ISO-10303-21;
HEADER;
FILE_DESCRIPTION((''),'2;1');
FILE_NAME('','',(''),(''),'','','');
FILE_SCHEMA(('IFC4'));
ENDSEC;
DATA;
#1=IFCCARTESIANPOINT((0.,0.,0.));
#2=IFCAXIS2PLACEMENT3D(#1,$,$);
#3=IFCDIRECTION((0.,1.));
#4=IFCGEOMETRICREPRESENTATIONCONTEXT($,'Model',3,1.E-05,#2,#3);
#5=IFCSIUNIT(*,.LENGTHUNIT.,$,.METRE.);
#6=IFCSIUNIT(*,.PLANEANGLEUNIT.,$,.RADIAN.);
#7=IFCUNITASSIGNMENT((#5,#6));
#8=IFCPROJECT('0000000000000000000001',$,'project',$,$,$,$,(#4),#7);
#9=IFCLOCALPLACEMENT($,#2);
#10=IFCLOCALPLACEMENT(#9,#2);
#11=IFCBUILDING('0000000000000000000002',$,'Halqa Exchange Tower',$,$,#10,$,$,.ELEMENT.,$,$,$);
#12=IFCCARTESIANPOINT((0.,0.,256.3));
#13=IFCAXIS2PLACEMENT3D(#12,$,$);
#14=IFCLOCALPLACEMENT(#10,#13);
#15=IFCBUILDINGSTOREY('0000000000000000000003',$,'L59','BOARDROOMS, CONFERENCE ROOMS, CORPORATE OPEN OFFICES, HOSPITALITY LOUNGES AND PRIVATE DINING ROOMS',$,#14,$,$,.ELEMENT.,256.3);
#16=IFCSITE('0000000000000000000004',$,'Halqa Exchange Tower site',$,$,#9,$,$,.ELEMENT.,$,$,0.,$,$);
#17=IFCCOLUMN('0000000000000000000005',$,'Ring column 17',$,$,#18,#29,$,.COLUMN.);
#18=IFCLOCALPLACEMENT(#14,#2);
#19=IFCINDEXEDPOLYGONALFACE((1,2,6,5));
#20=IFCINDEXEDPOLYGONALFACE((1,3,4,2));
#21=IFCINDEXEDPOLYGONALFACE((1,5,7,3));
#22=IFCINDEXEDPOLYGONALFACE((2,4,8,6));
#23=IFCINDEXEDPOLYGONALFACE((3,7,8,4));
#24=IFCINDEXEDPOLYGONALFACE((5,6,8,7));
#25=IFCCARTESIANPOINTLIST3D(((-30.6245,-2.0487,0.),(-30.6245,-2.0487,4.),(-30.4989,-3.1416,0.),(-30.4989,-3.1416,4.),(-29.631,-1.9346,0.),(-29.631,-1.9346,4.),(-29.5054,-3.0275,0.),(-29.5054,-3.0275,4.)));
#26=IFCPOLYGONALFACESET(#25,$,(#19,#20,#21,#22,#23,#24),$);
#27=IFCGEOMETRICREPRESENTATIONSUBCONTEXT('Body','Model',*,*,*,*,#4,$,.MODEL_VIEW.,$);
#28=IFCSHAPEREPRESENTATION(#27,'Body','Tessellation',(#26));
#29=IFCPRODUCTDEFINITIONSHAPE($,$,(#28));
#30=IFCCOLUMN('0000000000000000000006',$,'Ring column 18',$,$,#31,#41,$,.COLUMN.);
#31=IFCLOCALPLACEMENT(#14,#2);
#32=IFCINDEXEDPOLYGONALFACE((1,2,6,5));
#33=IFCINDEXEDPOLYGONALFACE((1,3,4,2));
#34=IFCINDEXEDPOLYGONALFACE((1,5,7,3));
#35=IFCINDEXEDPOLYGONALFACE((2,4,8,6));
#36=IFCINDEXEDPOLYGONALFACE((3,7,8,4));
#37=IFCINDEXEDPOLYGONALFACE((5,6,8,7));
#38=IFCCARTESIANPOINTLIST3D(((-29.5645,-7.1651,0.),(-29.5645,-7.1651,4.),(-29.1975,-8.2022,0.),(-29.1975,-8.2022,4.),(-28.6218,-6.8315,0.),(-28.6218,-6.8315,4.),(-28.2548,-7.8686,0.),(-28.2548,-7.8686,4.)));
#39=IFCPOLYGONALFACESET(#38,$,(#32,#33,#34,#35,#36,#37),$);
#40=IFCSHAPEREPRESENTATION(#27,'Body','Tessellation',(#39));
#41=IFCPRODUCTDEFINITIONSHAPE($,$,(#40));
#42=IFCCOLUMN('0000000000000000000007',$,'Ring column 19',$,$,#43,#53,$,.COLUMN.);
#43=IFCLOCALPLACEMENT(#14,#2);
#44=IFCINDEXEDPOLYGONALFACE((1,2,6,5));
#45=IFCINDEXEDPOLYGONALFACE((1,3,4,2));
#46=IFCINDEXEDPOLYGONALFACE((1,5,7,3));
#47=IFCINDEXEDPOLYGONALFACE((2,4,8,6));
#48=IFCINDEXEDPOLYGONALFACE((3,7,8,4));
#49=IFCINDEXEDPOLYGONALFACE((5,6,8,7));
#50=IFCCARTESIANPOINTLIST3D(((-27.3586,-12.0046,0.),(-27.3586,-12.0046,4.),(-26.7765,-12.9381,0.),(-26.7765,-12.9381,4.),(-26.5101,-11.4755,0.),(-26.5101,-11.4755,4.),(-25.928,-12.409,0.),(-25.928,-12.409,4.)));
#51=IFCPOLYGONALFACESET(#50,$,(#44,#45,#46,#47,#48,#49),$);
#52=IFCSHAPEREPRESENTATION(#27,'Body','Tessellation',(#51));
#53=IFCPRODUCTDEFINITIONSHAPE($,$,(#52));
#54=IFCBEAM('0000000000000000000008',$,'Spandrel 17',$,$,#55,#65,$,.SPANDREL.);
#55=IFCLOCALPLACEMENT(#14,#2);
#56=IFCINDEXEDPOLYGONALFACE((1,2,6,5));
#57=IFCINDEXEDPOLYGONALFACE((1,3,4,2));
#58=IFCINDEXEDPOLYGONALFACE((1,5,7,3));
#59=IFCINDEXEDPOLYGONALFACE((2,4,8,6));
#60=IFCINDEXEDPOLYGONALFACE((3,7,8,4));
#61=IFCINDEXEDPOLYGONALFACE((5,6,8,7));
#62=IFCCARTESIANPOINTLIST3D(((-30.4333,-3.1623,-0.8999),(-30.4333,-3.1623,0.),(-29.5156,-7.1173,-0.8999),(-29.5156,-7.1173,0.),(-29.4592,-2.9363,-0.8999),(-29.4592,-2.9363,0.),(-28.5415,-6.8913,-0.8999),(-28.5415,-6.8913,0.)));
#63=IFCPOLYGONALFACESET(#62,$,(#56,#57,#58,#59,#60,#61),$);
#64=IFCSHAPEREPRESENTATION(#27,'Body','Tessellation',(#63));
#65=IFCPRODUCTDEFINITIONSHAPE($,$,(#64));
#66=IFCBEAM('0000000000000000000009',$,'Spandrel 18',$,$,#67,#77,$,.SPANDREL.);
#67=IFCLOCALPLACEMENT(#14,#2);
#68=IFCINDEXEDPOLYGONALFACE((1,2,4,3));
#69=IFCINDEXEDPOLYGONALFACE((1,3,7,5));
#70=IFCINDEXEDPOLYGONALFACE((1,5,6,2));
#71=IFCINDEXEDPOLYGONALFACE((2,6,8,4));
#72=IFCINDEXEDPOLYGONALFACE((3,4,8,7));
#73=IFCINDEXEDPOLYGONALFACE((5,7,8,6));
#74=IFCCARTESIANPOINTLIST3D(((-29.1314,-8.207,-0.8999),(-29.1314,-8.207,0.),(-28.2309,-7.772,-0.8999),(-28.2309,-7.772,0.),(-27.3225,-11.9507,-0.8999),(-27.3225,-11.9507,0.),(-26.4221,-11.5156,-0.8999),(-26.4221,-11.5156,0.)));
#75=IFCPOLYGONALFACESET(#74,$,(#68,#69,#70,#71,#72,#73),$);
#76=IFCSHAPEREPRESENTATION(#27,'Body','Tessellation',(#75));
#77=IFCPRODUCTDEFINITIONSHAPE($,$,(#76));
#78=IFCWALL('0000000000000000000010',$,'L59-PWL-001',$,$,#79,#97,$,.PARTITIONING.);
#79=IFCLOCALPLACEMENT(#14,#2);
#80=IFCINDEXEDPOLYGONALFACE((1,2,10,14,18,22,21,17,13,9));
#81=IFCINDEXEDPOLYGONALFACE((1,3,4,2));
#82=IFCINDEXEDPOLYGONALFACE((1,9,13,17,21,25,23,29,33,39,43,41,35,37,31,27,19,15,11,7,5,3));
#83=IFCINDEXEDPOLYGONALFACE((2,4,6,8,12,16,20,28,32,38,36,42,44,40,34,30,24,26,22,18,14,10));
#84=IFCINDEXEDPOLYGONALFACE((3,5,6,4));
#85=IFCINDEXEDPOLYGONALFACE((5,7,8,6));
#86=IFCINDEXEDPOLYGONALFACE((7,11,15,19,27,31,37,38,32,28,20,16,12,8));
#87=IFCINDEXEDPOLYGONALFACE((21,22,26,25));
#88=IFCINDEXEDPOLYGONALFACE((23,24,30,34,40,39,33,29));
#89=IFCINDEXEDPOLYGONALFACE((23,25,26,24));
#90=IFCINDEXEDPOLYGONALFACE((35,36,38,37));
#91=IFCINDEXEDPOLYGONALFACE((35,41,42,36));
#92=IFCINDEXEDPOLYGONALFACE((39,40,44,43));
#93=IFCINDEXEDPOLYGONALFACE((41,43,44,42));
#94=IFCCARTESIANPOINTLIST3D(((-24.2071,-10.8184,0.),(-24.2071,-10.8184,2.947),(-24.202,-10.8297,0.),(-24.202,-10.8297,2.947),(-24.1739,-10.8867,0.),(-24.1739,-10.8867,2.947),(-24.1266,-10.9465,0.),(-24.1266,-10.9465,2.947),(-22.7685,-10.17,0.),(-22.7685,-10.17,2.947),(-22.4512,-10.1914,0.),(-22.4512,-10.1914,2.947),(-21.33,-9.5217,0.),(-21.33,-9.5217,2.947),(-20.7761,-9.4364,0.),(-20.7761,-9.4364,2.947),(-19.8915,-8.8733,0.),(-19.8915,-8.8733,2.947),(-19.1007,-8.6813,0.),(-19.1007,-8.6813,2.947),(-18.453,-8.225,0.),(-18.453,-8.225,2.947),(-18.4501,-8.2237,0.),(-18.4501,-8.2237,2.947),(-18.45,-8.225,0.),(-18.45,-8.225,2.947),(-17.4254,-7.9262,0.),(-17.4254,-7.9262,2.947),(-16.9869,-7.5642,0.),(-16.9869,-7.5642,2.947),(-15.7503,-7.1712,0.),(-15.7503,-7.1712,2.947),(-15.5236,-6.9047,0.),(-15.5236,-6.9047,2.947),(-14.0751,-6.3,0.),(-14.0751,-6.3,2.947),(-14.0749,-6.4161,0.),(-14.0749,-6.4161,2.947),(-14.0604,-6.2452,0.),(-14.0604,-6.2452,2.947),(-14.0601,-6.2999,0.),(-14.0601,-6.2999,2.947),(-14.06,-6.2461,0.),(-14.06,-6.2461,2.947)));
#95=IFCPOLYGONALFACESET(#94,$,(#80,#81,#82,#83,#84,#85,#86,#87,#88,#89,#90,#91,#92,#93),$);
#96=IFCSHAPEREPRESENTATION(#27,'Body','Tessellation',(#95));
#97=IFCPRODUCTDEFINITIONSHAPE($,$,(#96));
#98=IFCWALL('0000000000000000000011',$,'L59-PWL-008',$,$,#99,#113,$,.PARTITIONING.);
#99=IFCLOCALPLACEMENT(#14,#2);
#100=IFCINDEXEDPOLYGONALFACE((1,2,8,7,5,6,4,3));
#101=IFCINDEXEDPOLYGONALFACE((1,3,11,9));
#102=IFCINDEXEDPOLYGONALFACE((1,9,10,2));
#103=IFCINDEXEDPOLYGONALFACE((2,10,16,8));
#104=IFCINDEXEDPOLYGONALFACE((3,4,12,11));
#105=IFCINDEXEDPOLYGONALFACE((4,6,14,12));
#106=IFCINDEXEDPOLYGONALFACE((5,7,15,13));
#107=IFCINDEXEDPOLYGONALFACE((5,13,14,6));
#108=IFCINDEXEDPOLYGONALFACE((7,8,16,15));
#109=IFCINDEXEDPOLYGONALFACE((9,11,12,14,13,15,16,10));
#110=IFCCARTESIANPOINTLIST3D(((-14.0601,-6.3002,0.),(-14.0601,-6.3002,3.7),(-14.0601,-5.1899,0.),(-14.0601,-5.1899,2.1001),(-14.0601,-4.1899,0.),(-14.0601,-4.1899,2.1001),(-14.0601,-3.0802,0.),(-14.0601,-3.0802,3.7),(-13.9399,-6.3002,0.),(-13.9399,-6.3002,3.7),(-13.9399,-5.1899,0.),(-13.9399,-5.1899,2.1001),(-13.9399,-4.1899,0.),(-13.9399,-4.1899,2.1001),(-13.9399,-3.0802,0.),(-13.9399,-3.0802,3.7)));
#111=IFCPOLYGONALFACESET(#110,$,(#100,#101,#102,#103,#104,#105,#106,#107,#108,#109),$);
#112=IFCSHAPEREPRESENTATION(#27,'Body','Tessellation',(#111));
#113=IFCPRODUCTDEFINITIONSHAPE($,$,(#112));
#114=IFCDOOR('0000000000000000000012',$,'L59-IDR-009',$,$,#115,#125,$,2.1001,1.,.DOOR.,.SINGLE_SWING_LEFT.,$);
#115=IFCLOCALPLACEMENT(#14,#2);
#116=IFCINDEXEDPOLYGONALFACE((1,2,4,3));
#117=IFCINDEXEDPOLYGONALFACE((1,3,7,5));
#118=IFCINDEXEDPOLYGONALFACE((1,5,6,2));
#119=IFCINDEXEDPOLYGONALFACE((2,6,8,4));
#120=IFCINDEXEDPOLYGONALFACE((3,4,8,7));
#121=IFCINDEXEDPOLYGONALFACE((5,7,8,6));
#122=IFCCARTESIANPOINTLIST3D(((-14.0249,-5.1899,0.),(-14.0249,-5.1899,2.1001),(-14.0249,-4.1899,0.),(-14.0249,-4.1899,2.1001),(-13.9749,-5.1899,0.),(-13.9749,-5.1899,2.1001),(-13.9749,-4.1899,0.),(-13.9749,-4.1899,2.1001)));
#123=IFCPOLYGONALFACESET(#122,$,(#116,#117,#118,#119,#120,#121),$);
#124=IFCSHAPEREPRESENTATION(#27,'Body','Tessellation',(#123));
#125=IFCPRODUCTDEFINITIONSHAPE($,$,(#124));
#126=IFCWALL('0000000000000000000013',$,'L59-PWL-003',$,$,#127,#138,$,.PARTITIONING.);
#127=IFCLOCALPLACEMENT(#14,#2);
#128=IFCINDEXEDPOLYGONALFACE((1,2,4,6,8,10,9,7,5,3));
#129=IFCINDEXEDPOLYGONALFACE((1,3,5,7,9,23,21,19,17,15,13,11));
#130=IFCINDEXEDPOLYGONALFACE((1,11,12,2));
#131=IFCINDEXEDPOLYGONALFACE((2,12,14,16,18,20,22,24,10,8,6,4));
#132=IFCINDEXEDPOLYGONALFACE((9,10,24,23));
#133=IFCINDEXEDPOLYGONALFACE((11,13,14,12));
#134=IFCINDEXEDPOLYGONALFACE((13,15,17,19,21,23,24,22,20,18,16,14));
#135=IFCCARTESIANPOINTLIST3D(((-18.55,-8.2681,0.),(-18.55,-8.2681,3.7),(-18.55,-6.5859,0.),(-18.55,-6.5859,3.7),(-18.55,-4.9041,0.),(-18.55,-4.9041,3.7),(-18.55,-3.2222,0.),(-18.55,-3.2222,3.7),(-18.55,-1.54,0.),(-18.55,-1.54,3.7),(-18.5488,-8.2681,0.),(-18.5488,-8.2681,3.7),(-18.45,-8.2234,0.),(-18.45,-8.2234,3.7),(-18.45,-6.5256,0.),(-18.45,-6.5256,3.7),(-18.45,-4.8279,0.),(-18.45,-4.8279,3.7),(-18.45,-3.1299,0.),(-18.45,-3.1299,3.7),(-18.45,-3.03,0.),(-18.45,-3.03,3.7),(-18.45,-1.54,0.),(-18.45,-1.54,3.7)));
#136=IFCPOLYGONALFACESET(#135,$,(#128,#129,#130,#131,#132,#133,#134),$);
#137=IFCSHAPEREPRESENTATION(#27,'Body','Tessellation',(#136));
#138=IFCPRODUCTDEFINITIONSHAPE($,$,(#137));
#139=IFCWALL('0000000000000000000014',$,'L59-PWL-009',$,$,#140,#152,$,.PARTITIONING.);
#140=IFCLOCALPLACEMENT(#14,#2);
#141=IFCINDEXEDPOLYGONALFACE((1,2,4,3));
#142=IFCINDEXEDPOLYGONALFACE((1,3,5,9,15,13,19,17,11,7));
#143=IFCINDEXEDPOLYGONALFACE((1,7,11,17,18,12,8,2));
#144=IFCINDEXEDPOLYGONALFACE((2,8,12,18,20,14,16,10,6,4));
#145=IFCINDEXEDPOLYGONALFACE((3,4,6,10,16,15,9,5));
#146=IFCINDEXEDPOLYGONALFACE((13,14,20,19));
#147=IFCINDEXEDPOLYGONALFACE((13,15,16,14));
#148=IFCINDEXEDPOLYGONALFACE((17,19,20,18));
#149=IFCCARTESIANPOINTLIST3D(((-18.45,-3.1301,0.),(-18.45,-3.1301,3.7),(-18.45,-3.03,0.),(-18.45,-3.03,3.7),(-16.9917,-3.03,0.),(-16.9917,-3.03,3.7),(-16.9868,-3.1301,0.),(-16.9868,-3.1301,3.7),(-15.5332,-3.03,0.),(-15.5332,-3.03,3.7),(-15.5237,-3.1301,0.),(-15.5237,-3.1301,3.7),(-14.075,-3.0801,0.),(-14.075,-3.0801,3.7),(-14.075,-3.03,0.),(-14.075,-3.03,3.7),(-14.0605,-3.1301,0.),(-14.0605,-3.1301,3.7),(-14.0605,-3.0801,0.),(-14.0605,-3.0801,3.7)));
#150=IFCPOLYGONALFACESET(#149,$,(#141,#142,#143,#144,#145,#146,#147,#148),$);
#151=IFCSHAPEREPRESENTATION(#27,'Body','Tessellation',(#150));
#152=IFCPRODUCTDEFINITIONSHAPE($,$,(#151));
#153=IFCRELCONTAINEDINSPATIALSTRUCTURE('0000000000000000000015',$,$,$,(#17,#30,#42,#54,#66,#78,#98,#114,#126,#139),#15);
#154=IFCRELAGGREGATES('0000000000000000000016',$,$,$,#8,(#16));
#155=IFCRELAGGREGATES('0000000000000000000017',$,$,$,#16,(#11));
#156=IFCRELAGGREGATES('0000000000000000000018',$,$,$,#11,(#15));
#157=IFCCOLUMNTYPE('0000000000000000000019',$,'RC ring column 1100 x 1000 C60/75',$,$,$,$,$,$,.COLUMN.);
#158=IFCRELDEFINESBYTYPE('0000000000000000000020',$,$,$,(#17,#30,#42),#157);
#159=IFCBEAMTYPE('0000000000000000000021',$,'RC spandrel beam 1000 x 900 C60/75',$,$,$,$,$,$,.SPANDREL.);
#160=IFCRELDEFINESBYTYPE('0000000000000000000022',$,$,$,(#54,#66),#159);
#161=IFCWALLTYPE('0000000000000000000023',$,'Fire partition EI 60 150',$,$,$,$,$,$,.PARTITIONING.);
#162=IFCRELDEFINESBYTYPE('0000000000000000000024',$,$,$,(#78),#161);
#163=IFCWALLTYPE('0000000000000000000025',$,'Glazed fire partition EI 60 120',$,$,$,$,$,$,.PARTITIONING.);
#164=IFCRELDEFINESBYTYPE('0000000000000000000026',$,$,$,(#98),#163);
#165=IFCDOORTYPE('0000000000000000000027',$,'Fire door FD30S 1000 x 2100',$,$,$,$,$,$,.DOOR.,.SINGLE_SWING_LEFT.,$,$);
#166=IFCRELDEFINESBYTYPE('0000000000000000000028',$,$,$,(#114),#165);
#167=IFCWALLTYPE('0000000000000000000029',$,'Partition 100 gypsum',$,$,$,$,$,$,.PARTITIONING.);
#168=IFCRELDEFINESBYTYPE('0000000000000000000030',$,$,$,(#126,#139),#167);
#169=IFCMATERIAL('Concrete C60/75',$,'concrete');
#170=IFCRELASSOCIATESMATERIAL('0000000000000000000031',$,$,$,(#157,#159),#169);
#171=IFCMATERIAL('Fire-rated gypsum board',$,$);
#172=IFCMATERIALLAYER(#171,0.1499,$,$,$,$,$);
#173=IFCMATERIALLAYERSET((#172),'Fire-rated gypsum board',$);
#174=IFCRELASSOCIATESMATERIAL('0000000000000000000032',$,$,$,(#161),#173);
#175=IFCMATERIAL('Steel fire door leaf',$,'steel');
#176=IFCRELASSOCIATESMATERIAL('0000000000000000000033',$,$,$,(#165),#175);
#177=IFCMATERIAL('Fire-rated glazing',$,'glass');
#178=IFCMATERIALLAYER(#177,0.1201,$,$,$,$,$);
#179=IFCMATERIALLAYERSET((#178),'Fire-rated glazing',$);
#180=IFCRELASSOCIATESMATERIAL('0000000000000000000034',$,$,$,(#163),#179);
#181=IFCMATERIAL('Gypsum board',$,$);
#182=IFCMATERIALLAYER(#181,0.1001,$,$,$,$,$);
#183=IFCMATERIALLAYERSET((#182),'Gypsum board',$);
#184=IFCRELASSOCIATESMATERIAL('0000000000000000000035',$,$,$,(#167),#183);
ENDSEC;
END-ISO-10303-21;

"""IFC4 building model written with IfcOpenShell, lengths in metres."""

from ifc_helpers import new_model, si_unit, direction, frame, frame_2d, origin, origin_2d, place, context, subcontext, project, spatial, polyline, rectangle, outline, extrude, material, layer, layer_set, material_profile, profile_set, type_object, element, fill, save


model = new_model("IFC4")

# Units and contexts
model_context = context("Model", 3, precision=1e-05, world=origin(), true_north=direction((0.0, 1.0)))
body_context = subcontext(model_context, "Body", "Model", "MODEL_VIEW")
ifc_project = project(units=[si_unit("LENGTHUNIT", "METRE"), si_unit("PLANEANGLEUNIT", "RADIAN")], contexts=[model_context])

# Site, building, storey
site_placement = place(None, origin())
site = spatial("IfcSite", under=ifc_project, at=site_placement, Name="Halqa Exchange Tower site", CompositionType="ELEMENT", RefElevation=0.0)
building_placement = place(site_placement, origin())
building = spatial("IfcBuilding", under=site, at=building_placement, Name="Halqa Exchange Tower", CompositionType="ELEMENT")
storey_placement = place(building_placement, frame((0.0, 0.0, 256.3)))
storey = spatial("IfcBuildingStorey", under=building, at=storey_placement, Name="L59", Description="BOARDROOMS, CONFERENCE ROOMS, CORPORATE OPEN OFFICES, HOSPITALITY LOUNGES AND PRIVATE DINING ROOMS", CompositionType="ELEMENT", Elevation=256.3)

# Columns
ifc_material_1 = material(Name="Concrete C60/75", Category="concrete")
ifc_material_profile_1 = material_profile(ifc_material_1, rectangle(XDim=1.1001, YDim=1.0, at=origin_2d()), Name="1100 x 1000")
ifc_profile_set_1 = profile_set([ifc_material_profile_1], Name="Concrete C60/75")
column_type = type_object("IfcColumnType", Name="RC ring column 1100 x 1000 C60/75", PredefinedType="COLUMN", material=ifc_profile_set_1)
for number, where, z_axis, x_axis, name in (
    (1, (-30.0649, -2.5381, 0.0), (0.0, 0.0, 1.0), (0.114159, -0.993463, 0.0), "Ring column 17"),
    (2, (-28.9097, -7.5168, 0.0), (0.0, 0.0, 1.0), (0.333623, -0.942707, 0.0), "Ring column 18"),
    (3, (-26.6433, -12.2068, 0.0), (0.0, 0.0, 1.0), (0.52914, -0.848534, 0.0), "Ring column 19"),
):
    element("IfcColumn", number, at=place(storey_placement, frame(where, z_axis=z_axis, x_axis=x_axis)), inside=storey, type_object=column_type, Name=name, PredefinedType="COLUMN", context=body_context, shape_type="SweptSolid", body=[
        extrude(rectangle(XDim=1.1001, YDim=1.0, at=origin_2d()), origin(), (0.0, 0.0, 1.0), 4.0),
    ])

# Beams
ifc_material_profile_2 = material_profile(ifc_material_1, rectangle(XDim=1.0, YDim=0.8999, at=origin_2d()), Name="1000 x 900")
ifc_profile_set_2 = profile_set([ifc_material_profile_2], Name="Concrete C60/75")
beam_type = type_object("IfcBeamType", Name="RC spandrel beam 1000 x 900 C60/75", PredefinedType="SPANDREL", material=ifc_profile_set_2)
beam_1_placement = place(storey_placement, frame((-29.9463, -3.0493, -0.45), z_axis=(0.226032, -0.97412, 0.0), x_axis=(0.97412, 0.226032, 0.0)))
element("IfcBeam", 4, at=beam_1_placement, inside=storey, type_object=beam_type, Name="Spandrel 17", PredefinedType="SPANDREL", context=body_context, shape_type="SweptSolid", body=[
    extrude(rectangle(XDim=1.0, YDim=0.8999, at=origin_2d()), origin(), (0.0, 0.0, 1.0), 4.0601),
])
beam_2_placement = place(storey_placement, frame((-28.6812, -7.9895, -0.45), z_axis=(0.435053, -0.900405, 0.0), x_axis=(0.900405, 0.435053, 0.0)))
element("IfcBeam", 5, at=beam_2_placement, inside=storey, type_object=beam_type, Name="Spandrel 18", PredefinedType="SPANDREL", context=body_context, shape_type="SweptSolid", body=[
    extrude(rectangle(XDim=1.0, YDim=0.8999, at=origin_2d()), origin(), (0.0, 0.0, 1.0), 4.1577),
])

# Wall
ifc_material_2 = material(Name="Fire-rated gypsum board")
ifc_layer_1 = layer(ifc_material_2, 0.1499)
ifc_layer_set_1 = layer_set([ifc_layer_1], Name="Fire-rated gypsum board")
wall_type_1 = type_object("IfcWallType", Name="Fire partition EI 60 150", PredefinedType="PARTITIONING", material=ifc_layer_set_1)
wall_1_placement = place(storey_placement, frame((-24.1763, -10.8867, 0.0), z_axis=(0.0, 0.0, 1.0), x_axis=(0.911679, 0.410904, 0.0)))
element("IfcWall", 6, at=wall_1_placement, inside=storey, type_object=wall_type_1, Name="L59-PWL-001", PredefinedType="PARTITIONING", context=body_context, shape_type="SweptSolid", body=[
    extrude(outline(polyline([(0.0208, -0.075), (1.8584, -0.075), (3.6958, -0.075), (5.5334, -0.075), (7.3711, -0.075), (9.2085, -0.075), (11.0461, -0.075), (11.0938, 0.031), (11.1074, 0.0249), (11.1296, 0.074), (11.1296, 0.075), (9.5247, 0.075), (7.9197, 0.075), (6.3147, 0.075), (6.3142, 0.0737), (6.3115, 0.075), (4.7336, 0.075), (3.1558, 0.075), (1.5779, 0.075), (0.0, 0.075), (0.0, 0.0625), (0.0022, -0.001), (0.0208, -0.075)])), origin(), (0.0, 0.0, 1.0), 2.947),
])

# Shared definitions
ifc_material_3 = material(Name="Steel fire door leaf", Category="steel")
door_type_1 = type_object("IfcDoorType", Name="Fire door FD30S 1000 x 2100", OperationType="SINGLE_SWING_LEFT", PredefinedType="DOOR", material=ifc_material_3)

# Wall, opening, door
ifc_material_4 = material(Name="Fire-rated glazing", Category="glass")
ifc_layer_2 = layer(ifc_material_4, 0.1201)
ifc_layer_set_2 = layer_set([ifc_layer_2], Name="Fire-rated glazing")
wall_type_2 = type_object("IfcWallType", Name="Glazed fire partition EI 60 120", PredefinedType="PARTITIONING", material=ifc_layer_set_2)
wall_2_placement = place(storey_placement, frame((-14.0, -6.3, 0.0), z_axis=(0.0, 0.0, 1.0), x_axis=(0.0, 1.0, 0.0)))
wall_2 = element("IfcWall", 7, at=wall_2_placement, inside=storey, type_object=wall_type_2, Name="L59-PWL-008", PredefinedType="PARTITIONING", context=body_context, shape_type="SweptSolid", body=[
    extrude(rectangle(XDim=3.22, YDim=0.1201, at=frame_2d((1.6099, 0.0))), origin(), (0.0, 0.0, 1.0), 3.7),
])
opening_1_placement = place(wall_2_placement, frame((1.1101, 0.0, 0.0)))
opening_1 = element("IfcOpeningElement", 8, at=opening_1_placement, cuts=wall_2, PredefinedType="OPENING", context=body_context, shape_type="SweptSolid", body=[
    extrude(rectangle(XDim=1.0, YDim=2.1001, at=frame_2d((0.5, 1.05))), frame((0.0, 0.072, 0.0), z_axis=(0.0, -1.0, 0.0), x_axis=(1.0, 0.0, 0.0)), (0.0, 0.0, 1.0), 0.144),
])
door_1_placement = place(opening_1_placement, origin())
door_1 = element("IfcDoor", 9, at=door_1_placement, inside=storey, type_object=door_type_1, Name="L59-IDR-009", OperationType="SINGLE_SWING_LEFT", OverallHeight=2.1001, OverallWidth=1.0, PredefinedType="DOOR", context=body_context, shape_type="SweptSolid", body=[
    extrude(rectangle(XDim=1.0, YDim=2.1001, at=frame_2d((0.5, 1.05))), frame((0.0, 0.0249, 0.0), z_axis=(0.0, -1.0, 0.0), x_axis=(1.0, 0.0, 0.0)), (0.0, 0.0, 1.0), 0.05),
])
fill(opening_1, door_1)

# Walls
ifc_material_5 = material(Name="Gypsum board")
ifc_layer_3 = layer(ifc_material_5, 0.1001)
ifc_layer_set_3 = layer_set([ifc_layer_3], Name="Gypsum board")
wall_type_3 = type_object("IfcWallType", Name="Partition 100 gypsum", PredefinedType="PARTITIONING", material=ifc_layer_set_3)
wall_3_placement = place(storey_placement, frame((-18.5, -8.2681, 0.0), z_axis=(0.0, 0.0, 1.0), x_axis=(0.0, 1.0, 0.0)))
element("IfcWall", 10, at=wall_3_placement, inside=storey, type_object=wall_type_3, Name="L59-PWL-003", PredefinedType="PARTITIONING", context=body_context, shape_type="SweptSolid", body=[
    extrude(outline(polyline([(0.0447, -0.05), (1.7424, -0.05), (3.4402, -0.05), (5.1382, -0.05), (5.1382, -0.05), (5.238, -0.05), (5.238, -0.05), (6.728, -0.05), (6.728, 0.05), (5.0459, 0.05), (3.364, 0.05), (1.6821, 0.05), (0.0, 0.05), (0.0, 0.0488), (0.0447, -0.05)])), origin(), (0.0, 0.0, 1.0), 3.7),
])
wall_4_placement = place(storey_placement, frame((-14.0605, -3.0801, 0.0), z_axis=(0.0, 0.0, 1.0), x_axis=(-1.0, 0.0, 0.0)))
element("IfcWall", 11, at=wall_4_placement, inside=storey, type_object=wall_type_3, Name="L59-PWL-009", PredefinedType="PARTITIONING", context=body_context, shape_type="SweptSolid", body=[
    extrude(outline(polyline([(0.0, 0.05), (0.0, 0.0), (0.0144, 0.0), (0.0144, -0.05), (1.4727, -0.05), (2.9312, -0.05), (4.3894, -0.05), (4.3894, 0.05), (2.9263, 0.05), (1.4631, 0.05), (0.0, 0.05)])), origin(), (0.0, 0.0, 1.0), 3.7),
])

save(model, "model.ifc")
